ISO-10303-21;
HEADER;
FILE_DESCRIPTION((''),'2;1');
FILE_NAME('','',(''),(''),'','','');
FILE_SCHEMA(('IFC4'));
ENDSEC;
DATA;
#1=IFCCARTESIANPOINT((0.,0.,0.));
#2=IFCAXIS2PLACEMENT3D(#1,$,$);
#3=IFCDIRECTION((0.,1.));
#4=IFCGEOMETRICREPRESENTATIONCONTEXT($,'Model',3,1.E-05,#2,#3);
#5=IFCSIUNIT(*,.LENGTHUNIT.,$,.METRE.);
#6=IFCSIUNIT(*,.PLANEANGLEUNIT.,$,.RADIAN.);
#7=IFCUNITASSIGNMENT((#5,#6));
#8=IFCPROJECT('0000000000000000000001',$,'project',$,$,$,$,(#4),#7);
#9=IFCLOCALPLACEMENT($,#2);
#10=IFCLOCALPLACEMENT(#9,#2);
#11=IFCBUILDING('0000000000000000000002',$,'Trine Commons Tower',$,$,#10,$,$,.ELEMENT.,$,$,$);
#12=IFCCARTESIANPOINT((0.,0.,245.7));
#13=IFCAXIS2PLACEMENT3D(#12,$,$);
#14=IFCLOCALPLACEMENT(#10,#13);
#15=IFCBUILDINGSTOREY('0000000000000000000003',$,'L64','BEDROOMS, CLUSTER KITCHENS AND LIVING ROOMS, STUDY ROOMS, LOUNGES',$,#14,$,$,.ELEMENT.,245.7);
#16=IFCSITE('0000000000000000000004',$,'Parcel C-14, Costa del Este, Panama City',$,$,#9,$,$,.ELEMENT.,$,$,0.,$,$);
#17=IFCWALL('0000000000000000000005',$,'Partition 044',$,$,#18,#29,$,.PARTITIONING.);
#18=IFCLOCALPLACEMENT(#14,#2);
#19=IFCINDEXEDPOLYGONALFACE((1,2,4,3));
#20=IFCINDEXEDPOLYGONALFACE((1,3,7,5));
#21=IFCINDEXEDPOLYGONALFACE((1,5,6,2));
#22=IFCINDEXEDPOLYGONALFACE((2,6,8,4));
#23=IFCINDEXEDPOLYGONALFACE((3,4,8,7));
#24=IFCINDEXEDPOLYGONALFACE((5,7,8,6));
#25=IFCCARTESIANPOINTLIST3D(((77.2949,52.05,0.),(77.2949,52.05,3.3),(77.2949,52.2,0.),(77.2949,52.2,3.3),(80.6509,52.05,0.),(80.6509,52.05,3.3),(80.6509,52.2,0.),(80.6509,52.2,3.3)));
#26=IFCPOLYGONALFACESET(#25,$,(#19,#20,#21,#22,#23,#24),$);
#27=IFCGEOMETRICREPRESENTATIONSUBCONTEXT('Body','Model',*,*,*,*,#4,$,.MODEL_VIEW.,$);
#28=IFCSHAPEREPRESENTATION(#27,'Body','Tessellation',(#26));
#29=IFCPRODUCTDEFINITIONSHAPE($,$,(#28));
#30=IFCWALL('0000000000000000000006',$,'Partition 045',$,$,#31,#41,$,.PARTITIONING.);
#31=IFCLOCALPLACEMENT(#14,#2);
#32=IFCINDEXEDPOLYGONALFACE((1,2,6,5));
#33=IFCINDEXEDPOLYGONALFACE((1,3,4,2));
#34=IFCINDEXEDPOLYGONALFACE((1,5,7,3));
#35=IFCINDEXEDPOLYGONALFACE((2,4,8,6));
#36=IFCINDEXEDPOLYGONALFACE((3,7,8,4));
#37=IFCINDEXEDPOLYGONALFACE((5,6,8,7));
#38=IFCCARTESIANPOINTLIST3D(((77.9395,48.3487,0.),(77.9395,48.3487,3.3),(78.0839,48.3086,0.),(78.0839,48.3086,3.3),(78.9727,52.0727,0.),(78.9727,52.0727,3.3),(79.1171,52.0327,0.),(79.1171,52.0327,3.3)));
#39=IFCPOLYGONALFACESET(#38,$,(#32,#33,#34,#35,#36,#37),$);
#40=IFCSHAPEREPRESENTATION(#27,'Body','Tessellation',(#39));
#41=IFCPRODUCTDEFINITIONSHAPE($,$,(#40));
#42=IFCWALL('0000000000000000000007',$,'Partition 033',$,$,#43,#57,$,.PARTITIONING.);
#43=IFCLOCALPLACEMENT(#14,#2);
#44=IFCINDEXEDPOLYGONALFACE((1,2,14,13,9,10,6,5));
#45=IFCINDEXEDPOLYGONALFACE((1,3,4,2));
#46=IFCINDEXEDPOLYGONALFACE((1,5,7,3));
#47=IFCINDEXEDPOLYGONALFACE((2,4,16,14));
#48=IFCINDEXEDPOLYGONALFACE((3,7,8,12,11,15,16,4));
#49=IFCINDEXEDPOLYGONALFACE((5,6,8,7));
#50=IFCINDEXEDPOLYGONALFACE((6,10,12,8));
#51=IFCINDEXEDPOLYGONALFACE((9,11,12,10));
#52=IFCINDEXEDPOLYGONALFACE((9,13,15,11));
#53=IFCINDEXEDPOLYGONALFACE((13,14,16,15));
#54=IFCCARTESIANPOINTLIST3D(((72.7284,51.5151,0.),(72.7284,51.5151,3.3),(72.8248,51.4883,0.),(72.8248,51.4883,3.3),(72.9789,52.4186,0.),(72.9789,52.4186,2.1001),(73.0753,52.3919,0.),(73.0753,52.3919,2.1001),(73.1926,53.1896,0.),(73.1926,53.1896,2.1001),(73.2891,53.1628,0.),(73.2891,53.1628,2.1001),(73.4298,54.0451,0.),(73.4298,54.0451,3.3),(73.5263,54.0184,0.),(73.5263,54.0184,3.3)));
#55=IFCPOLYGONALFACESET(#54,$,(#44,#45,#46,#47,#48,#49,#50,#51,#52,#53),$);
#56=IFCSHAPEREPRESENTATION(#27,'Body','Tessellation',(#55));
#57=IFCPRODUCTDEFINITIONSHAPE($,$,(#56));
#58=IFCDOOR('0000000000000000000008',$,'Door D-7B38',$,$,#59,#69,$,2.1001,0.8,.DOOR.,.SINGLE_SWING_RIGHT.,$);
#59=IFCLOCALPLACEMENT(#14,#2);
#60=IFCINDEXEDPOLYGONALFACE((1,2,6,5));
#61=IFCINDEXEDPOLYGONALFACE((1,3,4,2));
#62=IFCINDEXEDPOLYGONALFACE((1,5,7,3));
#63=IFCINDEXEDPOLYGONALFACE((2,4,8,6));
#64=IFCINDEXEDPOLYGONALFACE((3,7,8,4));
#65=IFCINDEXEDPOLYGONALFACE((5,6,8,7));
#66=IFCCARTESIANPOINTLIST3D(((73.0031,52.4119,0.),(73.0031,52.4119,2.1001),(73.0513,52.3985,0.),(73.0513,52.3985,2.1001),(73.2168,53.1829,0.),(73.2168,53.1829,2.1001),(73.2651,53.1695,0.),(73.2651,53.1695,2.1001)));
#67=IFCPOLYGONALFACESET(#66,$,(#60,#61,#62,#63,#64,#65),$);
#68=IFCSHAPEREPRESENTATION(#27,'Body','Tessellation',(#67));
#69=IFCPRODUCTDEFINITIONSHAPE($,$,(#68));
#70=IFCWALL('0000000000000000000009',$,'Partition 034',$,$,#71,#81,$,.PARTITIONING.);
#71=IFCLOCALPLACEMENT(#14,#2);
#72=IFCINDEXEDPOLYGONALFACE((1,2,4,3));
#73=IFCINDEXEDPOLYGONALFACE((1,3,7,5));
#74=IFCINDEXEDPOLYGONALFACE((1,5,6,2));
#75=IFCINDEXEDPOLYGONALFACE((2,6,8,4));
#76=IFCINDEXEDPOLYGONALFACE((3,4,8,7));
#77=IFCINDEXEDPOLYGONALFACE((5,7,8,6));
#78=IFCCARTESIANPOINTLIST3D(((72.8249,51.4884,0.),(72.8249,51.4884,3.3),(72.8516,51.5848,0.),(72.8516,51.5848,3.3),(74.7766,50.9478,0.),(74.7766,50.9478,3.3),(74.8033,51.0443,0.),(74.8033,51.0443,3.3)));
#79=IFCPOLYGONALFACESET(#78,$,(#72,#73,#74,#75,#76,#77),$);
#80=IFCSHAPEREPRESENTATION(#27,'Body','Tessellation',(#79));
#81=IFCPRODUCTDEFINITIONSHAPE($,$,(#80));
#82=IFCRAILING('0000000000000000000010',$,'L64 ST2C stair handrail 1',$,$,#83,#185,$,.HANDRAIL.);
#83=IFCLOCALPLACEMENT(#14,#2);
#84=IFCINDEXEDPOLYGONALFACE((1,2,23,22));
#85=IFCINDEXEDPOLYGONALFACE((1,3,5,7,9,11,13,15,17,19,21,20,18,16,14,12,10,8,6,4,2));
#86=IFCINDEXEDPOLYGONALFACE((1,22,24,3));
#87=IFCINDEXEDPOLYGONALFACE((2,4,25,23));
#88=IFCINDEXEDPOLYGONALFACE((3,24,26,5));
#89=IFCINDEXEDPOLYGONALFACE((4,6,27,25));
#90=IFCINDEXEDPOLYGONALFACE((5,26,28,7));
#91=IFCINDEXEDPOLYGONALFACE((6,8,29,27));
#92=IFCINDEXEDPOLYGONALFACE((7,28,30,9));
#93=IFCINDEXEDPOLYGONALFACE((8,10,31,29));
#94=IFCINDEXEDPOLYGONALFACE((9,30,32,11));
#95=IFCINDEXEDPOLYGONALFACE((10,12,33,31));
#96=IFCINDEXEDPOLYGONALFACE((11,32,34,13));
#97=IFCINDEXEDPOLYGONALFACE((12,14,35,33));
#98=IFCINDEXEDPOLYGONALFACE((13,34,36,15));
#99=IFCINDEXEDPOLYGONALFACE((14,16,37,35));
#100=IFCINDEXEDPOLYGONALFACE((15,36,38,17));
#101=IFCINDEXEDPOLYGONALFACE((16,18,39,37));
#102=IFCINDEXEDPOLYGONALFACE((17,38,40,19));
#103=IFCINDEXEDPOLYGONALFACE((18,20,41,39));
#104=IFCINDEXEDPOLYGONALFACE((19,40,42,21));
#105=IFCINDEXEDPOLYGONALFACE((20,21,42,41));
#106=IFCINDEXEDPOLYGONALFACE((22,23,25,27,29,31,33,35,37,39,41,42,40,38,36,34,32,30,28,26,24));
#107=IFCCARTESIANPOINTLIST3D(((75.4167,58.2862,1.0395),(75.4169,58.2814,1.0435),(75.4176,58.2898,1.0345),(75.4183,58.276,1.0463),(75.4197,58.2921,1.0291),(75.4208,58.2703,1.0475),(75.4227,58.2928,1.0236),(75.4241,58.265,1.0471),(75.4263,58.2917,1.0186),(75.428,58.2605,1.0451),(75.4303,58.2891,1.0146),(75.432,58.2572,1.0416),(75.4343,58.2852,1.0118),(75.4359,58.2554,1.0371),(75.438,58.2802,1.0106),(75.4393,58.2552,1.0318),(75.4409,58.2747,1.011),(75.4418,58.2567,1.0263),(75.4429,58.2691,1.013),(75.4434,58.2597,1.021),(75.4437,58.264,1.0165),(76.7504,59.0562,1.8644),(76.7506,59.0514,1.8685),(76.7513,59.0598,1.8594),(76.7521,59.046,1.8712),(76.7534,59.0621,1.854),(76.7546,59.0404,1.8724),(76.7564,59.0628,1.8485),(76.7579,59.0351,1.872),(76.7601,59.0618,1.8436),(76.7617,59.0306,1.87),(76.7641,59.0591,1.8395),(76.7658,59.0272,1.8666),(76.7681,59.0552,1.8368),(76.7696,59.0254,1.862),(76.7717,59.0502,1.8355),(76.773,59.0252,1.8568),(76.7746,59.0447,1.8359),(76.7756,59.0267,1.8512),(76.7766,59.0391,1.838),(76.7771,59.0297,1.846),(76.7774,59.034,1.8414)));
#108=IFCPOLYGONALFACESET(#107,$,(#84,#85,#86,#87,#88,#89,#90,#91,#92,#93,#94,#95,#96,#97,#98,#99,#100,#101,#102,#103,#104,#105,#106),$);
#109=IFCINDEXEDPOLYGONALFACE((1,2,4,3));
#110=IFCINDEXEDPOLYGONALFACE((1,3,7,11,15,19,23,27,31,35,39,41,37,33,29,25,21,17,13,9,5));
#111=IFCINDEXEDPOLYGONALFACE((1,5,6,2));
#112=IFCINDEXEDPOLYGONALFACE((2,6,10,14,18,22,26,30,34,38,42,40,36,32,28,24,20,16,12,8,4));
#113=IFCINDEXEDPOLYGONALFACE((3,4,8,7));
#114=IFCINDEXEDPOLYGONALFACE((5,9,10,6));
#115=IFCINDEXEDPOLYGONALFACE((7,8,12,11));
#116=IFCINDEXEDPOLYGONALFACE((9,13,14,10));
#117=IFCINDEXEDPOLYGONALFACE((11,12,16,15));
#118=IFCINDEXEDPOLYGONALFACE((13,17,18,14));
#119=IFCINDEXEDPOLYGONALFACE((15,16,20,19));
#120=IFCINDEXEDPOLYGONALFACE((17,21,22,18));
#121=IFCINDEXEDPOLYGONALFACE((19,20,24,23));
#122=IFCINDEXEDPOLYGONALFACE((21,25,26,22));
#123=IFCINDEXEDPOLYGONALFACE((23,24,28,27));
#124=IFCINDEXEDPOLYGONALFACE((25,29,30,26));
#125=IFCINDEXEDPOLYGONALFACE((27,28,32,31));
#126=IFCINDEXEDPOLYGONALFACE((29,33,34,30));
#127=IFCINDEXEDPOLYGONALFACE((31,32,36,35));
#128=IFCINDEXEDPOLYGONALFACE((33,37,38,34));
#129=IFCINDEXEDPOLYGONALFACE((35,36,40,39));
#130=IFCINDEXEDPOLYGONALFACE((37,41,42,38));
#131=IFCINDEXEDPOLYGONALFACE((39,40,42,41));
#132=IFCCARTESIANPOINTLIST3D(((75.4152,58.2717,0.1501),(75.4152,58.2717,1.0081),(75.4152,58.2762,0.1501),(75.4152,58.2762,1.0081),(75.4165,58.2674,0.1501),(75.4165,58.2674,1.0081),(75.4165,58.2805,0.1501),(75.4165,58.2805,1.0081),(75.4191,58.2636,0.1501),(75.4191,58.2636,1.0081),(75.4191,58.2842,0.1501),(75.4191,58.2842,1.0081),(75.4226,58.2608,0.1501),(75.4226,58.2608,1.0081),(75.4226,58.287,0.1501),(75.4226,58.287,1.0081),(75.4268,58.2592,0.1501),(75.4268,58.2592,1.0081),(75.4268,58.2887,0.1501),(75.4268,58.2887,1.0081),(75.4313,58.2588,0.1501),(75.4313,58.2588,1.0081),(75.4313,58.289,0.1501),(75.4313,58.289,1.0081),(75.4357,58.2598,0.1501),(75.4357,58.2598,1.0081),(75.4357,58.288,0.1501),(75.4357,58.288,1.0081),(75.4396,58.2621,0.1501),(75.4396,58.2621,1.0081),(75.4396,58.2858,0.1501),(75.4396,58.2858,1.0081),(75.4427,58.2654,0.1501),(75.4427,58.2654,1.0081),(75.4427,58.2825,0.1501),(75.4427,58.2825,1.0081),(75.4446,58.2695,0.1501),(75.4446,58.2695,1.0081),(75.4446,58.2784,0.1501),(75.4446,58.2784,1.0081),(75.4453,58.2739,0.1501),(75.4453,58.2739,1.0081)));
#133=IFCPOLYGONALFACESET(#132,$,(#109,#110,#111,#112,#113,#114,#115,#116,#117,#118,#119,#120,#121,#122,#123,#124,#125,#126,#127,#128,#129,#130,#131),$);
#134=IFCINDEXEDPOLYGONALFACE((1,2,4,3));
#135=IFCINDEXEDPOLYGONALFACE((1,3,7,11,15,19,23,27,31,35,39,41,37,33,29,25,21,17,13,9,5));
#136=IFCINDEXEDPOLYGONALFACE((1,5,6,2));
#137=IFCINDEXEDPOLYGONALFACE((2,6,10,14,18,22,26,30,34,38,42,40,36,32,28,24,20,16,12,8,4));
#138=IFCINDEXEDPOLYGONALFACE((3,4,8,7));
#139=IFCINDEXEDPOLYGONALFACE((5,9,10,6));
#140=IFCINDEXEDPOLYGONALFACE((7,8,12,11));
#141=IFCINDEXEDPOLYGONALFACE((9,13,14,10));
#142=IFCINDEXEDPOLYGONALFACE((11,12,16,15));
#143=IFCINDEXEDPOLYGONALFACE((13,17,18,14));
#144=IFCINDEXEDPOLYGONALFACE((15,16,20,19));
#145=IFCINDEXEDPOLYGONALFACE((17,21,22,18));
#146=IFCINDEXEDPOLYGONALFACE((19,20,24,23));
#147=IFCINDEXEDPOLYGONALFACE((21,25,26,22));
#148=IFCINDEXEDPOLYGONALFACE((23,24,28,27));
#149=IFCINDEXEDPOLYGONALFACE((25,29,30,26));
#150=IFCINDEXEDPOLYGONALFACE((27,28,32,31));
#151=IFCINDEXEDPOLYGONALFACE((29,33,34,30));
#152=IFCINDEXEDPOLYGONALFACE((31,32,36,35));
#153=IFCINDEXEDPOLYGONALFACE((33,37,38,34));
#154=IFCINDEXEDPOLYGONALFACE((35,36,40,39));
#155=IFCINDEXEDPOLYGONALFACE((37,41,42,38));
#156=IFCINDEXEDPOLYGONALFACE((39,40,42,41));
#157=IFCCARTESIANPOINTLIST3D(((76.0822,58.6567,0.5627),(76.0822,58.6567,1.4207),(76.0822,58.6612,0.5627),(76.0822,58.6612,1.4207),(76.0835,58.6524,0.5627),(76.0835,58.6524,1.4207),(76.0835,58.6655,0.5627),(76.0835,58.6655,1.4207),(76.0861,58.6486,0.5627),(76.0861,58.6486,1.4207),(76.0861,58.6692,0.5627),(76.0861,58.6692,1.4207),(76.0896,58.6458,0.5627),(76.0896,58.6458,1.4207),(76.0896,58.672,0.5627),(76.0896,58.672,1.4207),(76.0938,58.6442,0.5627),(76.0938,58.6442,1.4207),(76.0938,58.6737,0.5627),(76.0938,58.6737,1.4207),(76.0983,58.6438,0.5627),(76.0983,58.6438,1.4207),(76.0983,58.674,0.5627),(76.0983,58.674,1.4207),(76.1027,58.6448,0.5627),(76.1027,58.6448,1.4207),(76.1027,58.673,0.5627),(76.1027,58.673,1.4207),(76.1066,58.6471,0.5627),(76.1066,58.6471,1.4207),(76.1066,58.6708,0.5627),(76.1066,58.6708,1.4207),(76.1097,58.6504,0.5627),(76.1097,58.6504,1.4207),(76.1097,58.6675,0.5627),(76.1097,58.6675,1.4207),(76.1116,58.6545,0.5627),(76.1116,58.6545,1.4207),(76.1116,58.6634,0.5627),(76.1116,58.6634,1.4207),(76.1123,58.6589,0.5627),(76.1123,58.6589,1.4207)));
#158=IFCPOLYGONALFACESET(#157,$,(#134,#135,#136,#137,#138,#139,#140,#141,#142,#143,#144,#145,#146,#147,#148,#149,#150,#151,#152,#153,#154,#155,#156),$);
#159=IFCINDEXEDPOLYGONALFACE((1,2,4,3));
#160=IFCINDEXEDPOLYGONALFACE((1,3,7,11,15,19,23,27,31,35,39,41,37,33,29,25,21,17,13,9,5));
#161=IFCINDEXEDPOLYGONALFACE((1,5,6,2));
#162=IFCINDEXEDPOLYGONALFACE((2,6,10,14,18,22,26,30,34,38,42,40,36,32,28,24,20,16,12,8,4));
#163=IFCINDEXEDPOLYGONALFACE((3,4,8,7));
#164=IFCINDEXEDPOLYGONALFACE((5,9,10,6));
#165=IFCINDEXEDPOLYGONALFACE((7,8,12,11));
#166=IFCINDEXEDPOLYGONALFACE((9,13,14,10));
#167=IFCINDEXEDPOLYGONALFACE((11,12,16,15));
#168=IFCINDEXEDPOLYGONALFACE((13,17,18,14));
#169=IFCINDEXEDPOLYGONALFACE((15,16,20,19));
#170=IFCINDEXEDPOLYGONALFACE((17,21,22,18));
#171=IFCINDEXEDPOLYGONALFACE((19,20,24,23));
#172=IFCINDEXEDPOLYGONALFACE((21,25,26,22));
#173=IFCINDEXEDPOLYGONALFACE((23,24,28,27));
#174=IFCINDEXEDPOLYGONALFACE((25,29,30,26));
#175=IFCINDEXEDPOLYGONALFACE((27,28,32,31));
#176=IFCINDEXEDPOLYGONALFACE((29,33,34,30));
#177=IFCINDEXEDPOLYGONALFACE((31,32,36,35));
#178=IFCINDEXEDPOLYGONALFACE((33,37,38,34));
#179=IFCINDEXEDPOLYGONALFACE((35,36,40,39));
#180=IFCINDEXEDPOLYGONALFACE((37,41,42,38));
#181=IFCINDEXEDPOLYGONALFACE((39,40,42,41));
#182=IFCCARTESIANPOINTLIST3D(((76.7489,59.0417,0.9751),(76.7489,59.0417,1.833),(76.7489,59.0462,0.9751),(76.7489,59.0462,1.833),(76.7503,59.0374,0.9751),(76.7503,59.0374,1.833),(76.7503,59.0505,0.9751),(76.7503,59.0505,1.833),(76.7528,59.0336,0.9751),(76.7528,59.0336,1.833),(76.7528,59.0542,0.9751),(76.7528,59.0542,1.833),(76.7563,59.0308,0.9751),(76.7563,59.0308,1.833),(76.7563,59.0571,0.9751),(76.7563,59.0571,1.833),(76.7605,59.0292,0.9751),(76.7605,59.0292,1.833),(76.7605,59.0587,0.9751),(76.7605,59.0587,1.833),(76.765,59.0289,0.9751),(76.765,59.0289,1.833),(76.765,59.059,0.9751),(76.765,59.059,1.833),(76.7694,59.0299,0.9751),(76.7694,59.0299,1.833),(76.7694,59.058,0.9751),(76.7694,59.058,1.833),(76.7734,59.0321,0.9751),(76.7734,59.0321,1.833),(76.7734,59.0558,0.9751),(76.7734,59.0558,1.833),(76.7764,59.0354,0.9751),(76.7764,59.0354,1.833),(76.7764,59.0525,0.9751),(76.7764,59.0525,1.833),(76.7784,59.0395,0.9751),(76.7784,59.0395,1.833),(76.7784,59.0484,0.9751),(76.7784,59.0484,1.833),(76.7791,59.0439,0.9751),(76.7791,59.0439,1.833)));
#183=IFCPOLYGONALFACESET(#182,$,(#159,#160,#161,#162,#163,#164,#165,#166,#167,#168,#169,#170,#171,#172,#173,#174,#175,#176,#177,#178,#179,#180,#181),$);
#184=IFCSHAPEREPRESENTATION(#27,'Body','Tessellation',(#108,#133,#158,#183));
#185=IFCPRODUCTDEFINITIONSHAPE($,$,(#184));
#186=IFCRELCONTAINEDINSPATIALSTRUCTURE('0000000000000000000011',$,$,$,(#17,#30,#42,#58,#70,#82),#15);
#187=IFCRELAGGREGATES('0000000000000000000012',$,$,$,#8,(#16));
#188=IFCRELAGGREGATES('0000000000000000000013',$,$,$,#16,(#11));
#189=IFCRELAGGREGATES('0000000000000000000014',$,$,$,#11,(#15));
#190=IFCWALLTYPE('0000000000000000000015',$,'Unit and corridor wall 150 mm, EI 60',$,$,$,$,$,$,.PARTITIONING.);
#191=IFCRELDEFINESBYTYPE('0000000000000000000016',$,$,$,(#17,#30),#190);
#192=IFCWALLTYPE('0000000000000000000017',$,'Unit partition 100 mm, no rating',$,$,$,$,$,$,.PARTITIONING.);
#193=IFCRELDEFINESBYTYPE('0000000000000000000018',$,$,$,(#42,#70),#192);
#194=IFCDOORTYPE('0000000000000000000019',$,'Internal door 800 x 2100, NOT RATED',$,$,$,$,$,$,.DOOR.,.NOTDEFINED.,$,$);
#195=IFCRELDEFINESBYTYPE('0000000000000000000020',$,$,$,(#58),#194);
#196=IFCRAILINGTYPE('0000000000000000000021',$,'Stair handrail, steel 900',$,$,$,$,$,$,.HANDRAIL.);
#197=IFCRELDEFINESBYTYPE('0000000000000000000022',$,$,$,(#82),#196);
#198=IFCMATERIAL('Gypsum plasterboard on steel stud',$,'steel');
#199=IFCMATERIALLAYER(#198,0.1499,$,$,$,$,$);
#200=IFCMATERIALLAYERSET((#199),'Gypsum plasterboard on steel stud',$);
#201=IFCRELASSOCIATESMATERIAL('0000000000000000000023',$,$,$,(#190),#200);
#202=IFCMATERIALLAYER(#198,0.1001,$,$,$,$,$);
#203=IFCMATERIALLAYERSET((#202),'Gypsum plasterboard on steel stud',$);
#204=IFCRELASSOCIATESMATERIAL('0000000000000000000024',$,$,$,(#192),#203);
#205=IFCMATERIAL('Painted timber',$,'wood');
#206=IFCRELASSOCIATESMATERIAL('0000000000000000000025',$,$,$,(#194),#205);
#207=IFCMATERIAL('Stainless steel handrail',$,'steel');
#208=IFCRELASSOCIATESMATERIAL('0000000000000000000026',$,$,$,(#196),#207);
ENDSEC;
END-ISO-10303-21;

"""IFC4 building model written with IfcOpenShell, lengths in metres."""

from ifc_helpers import new_model, si_unit, direction, frame, frame_2d, origin, origin_2d, place, context, subcontext, project, spatial, rectangle, circle, extrude, material, layer, layer_set, type_object, element, fill, save


model = new_model("IFC4")

# Units and contexts
model_context = context("Model", 3, precision=1e-05, world=origin(), true_north=direction((0.0, 1.0)))
body_context = subcontext(model_context, "Body", "Model", "MODEL_VIEW")
ifc_project = project(units=[si_unit("LENGTHUNIT", "METRE"), si_unit("PLANEANGLEUNIT", "RADIAN")], contexts=[model_context])

# Site, building, storey
site_placement = place(None, origin())
site = spatial("IfcSite", under=ifc_project, at=site_placement, Name="Parcel C-14, Costa del Este, Panama City", CompositionType="ELEMENT", RefElevation=0.0)
building_placement = place(site_placement, origin())
building = spatial("IfcBuilding", under=site, at=building_placement, Name="Trine Commons Tower", CompositionType="ELEMENT")
storey_placement = place(building_placement, frame((0.0, 0.0, 245.7)))
storey = spatial("IfcBuildingStorey", under=building, at=storey_placement, Name="L64", Description="BEDROOMS, CLUSTER KITCHENS AND LIVING ROOMS, STUDY ROOMS, LOUNGES", CompositionType="ELEMENT", Elevation=245.7)

# Shared definitions
ifc_material_1 = material(Name="Gypsum plasterboard on steel stud", Category="steel")
ifc_layer_1 = layer(ifc_material_1, 0.1499)
ifc_layer_set_1 = layer_set([ifc_layer_1], Name="Gypsum plasterboard on steel stud")
wall_type_1 = type_object("IfcWallType", Name="Unit and corridor wall 150 mm, EI 60", PredefinedType="PARTITIONING", material=ifc_layer_set_1)
ifc_material_2 = material(Name="Painted timber", Category="wood")

# Walls
wall_1_placement = place(storey_placement, frame((77.2949, 52.125, 0.0), z_axis=(0.0, 0.0, 1.0), x_axis=(1.0, 0.0, 0.0)))
element("IfcWall", 1, at=wall_1_placement, inside=storey, type_object=wall_type_1, Name="Partition 044", PredefinedType="PARTITIONING", context=body_context, shape_type="SweptSolid", body=[
    extrude(rectangle(XDim=3.356, YDim=0.1499, at=frame_2d((1.678, 0.0))), origin(), (0.0, 0.0, 1.0), 3.3),
])
wall_2_placement = place(storey_placement, frame((78.0117, 48.3286, 0.0), z_axis=(0.0, 0.0, 1.0), x_axis=(0.267338, 0.963603, 0.0)))
element("IfcWall", 2, at=wall_2_placement, inside=storey, type_object=wall_type_1, Name="Partition 045", PredefinedType="PARTITIONING", context=body_context, shape_type="SweptSolid", body=[
    extrude(rectangle(XDim=3.8647, YDim=0.1499, at=frame_2d((1.9324, 0.0))), origin(), (0.0, 0.0, 1.0), 3.3),
])

# Wall, opening, door
ifc_layer_2 = layer(ifc_material_1, 0.1001)
ifc_layer_set_2 = layer_set([ifc_layer_2], Name="Gypsum plasterboard on steel stud")
wall_type_2 = type_object("IfcWallType", Name="Unit partition 100 mm, no rating", PredefinedType="PARTITIONING", material=ifc_layer_set_2)
wall_3_placement = place(storey_placement, frame((72.7766, 51.5017, 0.0), z_axis=(0.0, 0.0, 1.0), x_axis=(0.267159, 0.963652, 0.0)))
wall_3 = element("IfcWall", 3, at=wall_3_placement, inside=storey, type_object=wall_type_2, Name="Partition 033", PredefinedType="PARTITIONING", context=body_context, shape_type="SweptSolid", body=[
    extrude(rectangle(XDim=2.6255, YDim=0.1001, at=frame_2d((1.3127, 0.0))), origin(), (0.0, 0.0, 1.0), 3.3),
])
opening_1_placement = place(wall_3_placement, frame((0.9377, 0.0, 0.0)))
opening_1 = element("IfcOpeningElement", 4, at=opening_1_placement, cuts=wall_3, PredefinedType="OPENING", context=body_context, shape_type="SweptSolid", body=[
    extrude(rectangle(XDim=0.8, YDim=2.1001, at=frame_2d((0.3999, 1.05))), frame((0.0, 0.0601, 0.0), z_axis=(0.0, -1.0, 0.0), x_axis=(1.0, 0.0, 0.0)), (0.0, 0.0, 1.0), 0.1201),
])
door_type_1 = type_object("IfcDoorType", Name="Internal door 800 x 2100, NOT RATED", OperationType="NOTDEFINED", PredefinedType="DOOR", material=ifc_material_2)
door_1_placement = place(opening_1_placement, origin())
door_1 = element("IfcDoor", 5, at=door_1_placement, inside=storey, type_object=door_type_1, Name="Door D-7B38", OperationType="SINGLE_SWING_RIGHT", OverallHeight=2.1001, OverallWidth=0.8, PredefinedType="DOOR", context=body_context, shape_type="SweptSolid", body=[
    extrude(rectangle(XDim=0.8, YDim=2.1001, at=frame_2d((0.3999, 1.05))), frame((0.0, 0.0249, 0.0), z_axis=(0.0, -1.0, 0.0), x_axis=(1.0, 0.0, 0.0)), (0.0, 0.0, 1.0), 0.05),
])
fill(opening_1, door_1)

# Wall
wall_4_placement = place(storey_placement, frame((72.8381, 51.5366, 0.0), z_axis=(0.0, 0.0, 1.0), x_axis=(0.963721, -0.26691, 0.0)))
element("IfcWall", 6, at=wall_4_placement, inside=storey, type_object=wall_type_2, Name="Partition 034", PredefinedType="PARTITIONING", context=body_context, shape_type="SweptSolid", body=[
    extrude(rectangle(XDim=2.0251, YDim=0.1001, at=frame_2d((1.0127, 0.0))), origin(), (0.0, 0.0, 1.0), 3.3),
])

# Railing
ifc_material_3 = material(Name="Stainless steel handrail", Category="steel")
railing_type = type_object("IfcRailingType", Name="Stair handrail, steel 900", PredefinedType="HANDRAIL", material=ifc_material_3)
railing_placement = place(storey_placement, frame((75.4302, 58.2739, 0.1501)))
element("IfcRailing", 7, at=railing_placement, inside=storey, type_object=railing_type, Name="L64 ST2C stair handrail 1", PredefinedType="HANDRAIL", context=body_context, shape_type="SweptSolid", body=[
    extrude(circle(Radius=0.021, at=origin_2d()), frame((0.0, 0.0, 0.8789), z_axis=(0.763405, 0.440743, 0.472185), x_axis=(-0.499992, 0.86603, 0.0)), (0.0, 0.0, 1.0), 1.7471),
    extrude(circle(Radius=0.0151, at=origin_2d()), origin(), (0.0, 0.0, 1.0), 0.8579),
    extrude(circle(Radius=0.0151, at=origin_2d()), frame((0.667, 0.385, 0.4126)), (0.0, 0.0, 1.0), 0.8579),
    extrude(circle(Radius=0.0151, at=origin_2d()), frame((1.3337, 0.77, 0.825)), (0.0, 0.0, 1.0), 0.8579),
])

save(model, "model.ifc")
